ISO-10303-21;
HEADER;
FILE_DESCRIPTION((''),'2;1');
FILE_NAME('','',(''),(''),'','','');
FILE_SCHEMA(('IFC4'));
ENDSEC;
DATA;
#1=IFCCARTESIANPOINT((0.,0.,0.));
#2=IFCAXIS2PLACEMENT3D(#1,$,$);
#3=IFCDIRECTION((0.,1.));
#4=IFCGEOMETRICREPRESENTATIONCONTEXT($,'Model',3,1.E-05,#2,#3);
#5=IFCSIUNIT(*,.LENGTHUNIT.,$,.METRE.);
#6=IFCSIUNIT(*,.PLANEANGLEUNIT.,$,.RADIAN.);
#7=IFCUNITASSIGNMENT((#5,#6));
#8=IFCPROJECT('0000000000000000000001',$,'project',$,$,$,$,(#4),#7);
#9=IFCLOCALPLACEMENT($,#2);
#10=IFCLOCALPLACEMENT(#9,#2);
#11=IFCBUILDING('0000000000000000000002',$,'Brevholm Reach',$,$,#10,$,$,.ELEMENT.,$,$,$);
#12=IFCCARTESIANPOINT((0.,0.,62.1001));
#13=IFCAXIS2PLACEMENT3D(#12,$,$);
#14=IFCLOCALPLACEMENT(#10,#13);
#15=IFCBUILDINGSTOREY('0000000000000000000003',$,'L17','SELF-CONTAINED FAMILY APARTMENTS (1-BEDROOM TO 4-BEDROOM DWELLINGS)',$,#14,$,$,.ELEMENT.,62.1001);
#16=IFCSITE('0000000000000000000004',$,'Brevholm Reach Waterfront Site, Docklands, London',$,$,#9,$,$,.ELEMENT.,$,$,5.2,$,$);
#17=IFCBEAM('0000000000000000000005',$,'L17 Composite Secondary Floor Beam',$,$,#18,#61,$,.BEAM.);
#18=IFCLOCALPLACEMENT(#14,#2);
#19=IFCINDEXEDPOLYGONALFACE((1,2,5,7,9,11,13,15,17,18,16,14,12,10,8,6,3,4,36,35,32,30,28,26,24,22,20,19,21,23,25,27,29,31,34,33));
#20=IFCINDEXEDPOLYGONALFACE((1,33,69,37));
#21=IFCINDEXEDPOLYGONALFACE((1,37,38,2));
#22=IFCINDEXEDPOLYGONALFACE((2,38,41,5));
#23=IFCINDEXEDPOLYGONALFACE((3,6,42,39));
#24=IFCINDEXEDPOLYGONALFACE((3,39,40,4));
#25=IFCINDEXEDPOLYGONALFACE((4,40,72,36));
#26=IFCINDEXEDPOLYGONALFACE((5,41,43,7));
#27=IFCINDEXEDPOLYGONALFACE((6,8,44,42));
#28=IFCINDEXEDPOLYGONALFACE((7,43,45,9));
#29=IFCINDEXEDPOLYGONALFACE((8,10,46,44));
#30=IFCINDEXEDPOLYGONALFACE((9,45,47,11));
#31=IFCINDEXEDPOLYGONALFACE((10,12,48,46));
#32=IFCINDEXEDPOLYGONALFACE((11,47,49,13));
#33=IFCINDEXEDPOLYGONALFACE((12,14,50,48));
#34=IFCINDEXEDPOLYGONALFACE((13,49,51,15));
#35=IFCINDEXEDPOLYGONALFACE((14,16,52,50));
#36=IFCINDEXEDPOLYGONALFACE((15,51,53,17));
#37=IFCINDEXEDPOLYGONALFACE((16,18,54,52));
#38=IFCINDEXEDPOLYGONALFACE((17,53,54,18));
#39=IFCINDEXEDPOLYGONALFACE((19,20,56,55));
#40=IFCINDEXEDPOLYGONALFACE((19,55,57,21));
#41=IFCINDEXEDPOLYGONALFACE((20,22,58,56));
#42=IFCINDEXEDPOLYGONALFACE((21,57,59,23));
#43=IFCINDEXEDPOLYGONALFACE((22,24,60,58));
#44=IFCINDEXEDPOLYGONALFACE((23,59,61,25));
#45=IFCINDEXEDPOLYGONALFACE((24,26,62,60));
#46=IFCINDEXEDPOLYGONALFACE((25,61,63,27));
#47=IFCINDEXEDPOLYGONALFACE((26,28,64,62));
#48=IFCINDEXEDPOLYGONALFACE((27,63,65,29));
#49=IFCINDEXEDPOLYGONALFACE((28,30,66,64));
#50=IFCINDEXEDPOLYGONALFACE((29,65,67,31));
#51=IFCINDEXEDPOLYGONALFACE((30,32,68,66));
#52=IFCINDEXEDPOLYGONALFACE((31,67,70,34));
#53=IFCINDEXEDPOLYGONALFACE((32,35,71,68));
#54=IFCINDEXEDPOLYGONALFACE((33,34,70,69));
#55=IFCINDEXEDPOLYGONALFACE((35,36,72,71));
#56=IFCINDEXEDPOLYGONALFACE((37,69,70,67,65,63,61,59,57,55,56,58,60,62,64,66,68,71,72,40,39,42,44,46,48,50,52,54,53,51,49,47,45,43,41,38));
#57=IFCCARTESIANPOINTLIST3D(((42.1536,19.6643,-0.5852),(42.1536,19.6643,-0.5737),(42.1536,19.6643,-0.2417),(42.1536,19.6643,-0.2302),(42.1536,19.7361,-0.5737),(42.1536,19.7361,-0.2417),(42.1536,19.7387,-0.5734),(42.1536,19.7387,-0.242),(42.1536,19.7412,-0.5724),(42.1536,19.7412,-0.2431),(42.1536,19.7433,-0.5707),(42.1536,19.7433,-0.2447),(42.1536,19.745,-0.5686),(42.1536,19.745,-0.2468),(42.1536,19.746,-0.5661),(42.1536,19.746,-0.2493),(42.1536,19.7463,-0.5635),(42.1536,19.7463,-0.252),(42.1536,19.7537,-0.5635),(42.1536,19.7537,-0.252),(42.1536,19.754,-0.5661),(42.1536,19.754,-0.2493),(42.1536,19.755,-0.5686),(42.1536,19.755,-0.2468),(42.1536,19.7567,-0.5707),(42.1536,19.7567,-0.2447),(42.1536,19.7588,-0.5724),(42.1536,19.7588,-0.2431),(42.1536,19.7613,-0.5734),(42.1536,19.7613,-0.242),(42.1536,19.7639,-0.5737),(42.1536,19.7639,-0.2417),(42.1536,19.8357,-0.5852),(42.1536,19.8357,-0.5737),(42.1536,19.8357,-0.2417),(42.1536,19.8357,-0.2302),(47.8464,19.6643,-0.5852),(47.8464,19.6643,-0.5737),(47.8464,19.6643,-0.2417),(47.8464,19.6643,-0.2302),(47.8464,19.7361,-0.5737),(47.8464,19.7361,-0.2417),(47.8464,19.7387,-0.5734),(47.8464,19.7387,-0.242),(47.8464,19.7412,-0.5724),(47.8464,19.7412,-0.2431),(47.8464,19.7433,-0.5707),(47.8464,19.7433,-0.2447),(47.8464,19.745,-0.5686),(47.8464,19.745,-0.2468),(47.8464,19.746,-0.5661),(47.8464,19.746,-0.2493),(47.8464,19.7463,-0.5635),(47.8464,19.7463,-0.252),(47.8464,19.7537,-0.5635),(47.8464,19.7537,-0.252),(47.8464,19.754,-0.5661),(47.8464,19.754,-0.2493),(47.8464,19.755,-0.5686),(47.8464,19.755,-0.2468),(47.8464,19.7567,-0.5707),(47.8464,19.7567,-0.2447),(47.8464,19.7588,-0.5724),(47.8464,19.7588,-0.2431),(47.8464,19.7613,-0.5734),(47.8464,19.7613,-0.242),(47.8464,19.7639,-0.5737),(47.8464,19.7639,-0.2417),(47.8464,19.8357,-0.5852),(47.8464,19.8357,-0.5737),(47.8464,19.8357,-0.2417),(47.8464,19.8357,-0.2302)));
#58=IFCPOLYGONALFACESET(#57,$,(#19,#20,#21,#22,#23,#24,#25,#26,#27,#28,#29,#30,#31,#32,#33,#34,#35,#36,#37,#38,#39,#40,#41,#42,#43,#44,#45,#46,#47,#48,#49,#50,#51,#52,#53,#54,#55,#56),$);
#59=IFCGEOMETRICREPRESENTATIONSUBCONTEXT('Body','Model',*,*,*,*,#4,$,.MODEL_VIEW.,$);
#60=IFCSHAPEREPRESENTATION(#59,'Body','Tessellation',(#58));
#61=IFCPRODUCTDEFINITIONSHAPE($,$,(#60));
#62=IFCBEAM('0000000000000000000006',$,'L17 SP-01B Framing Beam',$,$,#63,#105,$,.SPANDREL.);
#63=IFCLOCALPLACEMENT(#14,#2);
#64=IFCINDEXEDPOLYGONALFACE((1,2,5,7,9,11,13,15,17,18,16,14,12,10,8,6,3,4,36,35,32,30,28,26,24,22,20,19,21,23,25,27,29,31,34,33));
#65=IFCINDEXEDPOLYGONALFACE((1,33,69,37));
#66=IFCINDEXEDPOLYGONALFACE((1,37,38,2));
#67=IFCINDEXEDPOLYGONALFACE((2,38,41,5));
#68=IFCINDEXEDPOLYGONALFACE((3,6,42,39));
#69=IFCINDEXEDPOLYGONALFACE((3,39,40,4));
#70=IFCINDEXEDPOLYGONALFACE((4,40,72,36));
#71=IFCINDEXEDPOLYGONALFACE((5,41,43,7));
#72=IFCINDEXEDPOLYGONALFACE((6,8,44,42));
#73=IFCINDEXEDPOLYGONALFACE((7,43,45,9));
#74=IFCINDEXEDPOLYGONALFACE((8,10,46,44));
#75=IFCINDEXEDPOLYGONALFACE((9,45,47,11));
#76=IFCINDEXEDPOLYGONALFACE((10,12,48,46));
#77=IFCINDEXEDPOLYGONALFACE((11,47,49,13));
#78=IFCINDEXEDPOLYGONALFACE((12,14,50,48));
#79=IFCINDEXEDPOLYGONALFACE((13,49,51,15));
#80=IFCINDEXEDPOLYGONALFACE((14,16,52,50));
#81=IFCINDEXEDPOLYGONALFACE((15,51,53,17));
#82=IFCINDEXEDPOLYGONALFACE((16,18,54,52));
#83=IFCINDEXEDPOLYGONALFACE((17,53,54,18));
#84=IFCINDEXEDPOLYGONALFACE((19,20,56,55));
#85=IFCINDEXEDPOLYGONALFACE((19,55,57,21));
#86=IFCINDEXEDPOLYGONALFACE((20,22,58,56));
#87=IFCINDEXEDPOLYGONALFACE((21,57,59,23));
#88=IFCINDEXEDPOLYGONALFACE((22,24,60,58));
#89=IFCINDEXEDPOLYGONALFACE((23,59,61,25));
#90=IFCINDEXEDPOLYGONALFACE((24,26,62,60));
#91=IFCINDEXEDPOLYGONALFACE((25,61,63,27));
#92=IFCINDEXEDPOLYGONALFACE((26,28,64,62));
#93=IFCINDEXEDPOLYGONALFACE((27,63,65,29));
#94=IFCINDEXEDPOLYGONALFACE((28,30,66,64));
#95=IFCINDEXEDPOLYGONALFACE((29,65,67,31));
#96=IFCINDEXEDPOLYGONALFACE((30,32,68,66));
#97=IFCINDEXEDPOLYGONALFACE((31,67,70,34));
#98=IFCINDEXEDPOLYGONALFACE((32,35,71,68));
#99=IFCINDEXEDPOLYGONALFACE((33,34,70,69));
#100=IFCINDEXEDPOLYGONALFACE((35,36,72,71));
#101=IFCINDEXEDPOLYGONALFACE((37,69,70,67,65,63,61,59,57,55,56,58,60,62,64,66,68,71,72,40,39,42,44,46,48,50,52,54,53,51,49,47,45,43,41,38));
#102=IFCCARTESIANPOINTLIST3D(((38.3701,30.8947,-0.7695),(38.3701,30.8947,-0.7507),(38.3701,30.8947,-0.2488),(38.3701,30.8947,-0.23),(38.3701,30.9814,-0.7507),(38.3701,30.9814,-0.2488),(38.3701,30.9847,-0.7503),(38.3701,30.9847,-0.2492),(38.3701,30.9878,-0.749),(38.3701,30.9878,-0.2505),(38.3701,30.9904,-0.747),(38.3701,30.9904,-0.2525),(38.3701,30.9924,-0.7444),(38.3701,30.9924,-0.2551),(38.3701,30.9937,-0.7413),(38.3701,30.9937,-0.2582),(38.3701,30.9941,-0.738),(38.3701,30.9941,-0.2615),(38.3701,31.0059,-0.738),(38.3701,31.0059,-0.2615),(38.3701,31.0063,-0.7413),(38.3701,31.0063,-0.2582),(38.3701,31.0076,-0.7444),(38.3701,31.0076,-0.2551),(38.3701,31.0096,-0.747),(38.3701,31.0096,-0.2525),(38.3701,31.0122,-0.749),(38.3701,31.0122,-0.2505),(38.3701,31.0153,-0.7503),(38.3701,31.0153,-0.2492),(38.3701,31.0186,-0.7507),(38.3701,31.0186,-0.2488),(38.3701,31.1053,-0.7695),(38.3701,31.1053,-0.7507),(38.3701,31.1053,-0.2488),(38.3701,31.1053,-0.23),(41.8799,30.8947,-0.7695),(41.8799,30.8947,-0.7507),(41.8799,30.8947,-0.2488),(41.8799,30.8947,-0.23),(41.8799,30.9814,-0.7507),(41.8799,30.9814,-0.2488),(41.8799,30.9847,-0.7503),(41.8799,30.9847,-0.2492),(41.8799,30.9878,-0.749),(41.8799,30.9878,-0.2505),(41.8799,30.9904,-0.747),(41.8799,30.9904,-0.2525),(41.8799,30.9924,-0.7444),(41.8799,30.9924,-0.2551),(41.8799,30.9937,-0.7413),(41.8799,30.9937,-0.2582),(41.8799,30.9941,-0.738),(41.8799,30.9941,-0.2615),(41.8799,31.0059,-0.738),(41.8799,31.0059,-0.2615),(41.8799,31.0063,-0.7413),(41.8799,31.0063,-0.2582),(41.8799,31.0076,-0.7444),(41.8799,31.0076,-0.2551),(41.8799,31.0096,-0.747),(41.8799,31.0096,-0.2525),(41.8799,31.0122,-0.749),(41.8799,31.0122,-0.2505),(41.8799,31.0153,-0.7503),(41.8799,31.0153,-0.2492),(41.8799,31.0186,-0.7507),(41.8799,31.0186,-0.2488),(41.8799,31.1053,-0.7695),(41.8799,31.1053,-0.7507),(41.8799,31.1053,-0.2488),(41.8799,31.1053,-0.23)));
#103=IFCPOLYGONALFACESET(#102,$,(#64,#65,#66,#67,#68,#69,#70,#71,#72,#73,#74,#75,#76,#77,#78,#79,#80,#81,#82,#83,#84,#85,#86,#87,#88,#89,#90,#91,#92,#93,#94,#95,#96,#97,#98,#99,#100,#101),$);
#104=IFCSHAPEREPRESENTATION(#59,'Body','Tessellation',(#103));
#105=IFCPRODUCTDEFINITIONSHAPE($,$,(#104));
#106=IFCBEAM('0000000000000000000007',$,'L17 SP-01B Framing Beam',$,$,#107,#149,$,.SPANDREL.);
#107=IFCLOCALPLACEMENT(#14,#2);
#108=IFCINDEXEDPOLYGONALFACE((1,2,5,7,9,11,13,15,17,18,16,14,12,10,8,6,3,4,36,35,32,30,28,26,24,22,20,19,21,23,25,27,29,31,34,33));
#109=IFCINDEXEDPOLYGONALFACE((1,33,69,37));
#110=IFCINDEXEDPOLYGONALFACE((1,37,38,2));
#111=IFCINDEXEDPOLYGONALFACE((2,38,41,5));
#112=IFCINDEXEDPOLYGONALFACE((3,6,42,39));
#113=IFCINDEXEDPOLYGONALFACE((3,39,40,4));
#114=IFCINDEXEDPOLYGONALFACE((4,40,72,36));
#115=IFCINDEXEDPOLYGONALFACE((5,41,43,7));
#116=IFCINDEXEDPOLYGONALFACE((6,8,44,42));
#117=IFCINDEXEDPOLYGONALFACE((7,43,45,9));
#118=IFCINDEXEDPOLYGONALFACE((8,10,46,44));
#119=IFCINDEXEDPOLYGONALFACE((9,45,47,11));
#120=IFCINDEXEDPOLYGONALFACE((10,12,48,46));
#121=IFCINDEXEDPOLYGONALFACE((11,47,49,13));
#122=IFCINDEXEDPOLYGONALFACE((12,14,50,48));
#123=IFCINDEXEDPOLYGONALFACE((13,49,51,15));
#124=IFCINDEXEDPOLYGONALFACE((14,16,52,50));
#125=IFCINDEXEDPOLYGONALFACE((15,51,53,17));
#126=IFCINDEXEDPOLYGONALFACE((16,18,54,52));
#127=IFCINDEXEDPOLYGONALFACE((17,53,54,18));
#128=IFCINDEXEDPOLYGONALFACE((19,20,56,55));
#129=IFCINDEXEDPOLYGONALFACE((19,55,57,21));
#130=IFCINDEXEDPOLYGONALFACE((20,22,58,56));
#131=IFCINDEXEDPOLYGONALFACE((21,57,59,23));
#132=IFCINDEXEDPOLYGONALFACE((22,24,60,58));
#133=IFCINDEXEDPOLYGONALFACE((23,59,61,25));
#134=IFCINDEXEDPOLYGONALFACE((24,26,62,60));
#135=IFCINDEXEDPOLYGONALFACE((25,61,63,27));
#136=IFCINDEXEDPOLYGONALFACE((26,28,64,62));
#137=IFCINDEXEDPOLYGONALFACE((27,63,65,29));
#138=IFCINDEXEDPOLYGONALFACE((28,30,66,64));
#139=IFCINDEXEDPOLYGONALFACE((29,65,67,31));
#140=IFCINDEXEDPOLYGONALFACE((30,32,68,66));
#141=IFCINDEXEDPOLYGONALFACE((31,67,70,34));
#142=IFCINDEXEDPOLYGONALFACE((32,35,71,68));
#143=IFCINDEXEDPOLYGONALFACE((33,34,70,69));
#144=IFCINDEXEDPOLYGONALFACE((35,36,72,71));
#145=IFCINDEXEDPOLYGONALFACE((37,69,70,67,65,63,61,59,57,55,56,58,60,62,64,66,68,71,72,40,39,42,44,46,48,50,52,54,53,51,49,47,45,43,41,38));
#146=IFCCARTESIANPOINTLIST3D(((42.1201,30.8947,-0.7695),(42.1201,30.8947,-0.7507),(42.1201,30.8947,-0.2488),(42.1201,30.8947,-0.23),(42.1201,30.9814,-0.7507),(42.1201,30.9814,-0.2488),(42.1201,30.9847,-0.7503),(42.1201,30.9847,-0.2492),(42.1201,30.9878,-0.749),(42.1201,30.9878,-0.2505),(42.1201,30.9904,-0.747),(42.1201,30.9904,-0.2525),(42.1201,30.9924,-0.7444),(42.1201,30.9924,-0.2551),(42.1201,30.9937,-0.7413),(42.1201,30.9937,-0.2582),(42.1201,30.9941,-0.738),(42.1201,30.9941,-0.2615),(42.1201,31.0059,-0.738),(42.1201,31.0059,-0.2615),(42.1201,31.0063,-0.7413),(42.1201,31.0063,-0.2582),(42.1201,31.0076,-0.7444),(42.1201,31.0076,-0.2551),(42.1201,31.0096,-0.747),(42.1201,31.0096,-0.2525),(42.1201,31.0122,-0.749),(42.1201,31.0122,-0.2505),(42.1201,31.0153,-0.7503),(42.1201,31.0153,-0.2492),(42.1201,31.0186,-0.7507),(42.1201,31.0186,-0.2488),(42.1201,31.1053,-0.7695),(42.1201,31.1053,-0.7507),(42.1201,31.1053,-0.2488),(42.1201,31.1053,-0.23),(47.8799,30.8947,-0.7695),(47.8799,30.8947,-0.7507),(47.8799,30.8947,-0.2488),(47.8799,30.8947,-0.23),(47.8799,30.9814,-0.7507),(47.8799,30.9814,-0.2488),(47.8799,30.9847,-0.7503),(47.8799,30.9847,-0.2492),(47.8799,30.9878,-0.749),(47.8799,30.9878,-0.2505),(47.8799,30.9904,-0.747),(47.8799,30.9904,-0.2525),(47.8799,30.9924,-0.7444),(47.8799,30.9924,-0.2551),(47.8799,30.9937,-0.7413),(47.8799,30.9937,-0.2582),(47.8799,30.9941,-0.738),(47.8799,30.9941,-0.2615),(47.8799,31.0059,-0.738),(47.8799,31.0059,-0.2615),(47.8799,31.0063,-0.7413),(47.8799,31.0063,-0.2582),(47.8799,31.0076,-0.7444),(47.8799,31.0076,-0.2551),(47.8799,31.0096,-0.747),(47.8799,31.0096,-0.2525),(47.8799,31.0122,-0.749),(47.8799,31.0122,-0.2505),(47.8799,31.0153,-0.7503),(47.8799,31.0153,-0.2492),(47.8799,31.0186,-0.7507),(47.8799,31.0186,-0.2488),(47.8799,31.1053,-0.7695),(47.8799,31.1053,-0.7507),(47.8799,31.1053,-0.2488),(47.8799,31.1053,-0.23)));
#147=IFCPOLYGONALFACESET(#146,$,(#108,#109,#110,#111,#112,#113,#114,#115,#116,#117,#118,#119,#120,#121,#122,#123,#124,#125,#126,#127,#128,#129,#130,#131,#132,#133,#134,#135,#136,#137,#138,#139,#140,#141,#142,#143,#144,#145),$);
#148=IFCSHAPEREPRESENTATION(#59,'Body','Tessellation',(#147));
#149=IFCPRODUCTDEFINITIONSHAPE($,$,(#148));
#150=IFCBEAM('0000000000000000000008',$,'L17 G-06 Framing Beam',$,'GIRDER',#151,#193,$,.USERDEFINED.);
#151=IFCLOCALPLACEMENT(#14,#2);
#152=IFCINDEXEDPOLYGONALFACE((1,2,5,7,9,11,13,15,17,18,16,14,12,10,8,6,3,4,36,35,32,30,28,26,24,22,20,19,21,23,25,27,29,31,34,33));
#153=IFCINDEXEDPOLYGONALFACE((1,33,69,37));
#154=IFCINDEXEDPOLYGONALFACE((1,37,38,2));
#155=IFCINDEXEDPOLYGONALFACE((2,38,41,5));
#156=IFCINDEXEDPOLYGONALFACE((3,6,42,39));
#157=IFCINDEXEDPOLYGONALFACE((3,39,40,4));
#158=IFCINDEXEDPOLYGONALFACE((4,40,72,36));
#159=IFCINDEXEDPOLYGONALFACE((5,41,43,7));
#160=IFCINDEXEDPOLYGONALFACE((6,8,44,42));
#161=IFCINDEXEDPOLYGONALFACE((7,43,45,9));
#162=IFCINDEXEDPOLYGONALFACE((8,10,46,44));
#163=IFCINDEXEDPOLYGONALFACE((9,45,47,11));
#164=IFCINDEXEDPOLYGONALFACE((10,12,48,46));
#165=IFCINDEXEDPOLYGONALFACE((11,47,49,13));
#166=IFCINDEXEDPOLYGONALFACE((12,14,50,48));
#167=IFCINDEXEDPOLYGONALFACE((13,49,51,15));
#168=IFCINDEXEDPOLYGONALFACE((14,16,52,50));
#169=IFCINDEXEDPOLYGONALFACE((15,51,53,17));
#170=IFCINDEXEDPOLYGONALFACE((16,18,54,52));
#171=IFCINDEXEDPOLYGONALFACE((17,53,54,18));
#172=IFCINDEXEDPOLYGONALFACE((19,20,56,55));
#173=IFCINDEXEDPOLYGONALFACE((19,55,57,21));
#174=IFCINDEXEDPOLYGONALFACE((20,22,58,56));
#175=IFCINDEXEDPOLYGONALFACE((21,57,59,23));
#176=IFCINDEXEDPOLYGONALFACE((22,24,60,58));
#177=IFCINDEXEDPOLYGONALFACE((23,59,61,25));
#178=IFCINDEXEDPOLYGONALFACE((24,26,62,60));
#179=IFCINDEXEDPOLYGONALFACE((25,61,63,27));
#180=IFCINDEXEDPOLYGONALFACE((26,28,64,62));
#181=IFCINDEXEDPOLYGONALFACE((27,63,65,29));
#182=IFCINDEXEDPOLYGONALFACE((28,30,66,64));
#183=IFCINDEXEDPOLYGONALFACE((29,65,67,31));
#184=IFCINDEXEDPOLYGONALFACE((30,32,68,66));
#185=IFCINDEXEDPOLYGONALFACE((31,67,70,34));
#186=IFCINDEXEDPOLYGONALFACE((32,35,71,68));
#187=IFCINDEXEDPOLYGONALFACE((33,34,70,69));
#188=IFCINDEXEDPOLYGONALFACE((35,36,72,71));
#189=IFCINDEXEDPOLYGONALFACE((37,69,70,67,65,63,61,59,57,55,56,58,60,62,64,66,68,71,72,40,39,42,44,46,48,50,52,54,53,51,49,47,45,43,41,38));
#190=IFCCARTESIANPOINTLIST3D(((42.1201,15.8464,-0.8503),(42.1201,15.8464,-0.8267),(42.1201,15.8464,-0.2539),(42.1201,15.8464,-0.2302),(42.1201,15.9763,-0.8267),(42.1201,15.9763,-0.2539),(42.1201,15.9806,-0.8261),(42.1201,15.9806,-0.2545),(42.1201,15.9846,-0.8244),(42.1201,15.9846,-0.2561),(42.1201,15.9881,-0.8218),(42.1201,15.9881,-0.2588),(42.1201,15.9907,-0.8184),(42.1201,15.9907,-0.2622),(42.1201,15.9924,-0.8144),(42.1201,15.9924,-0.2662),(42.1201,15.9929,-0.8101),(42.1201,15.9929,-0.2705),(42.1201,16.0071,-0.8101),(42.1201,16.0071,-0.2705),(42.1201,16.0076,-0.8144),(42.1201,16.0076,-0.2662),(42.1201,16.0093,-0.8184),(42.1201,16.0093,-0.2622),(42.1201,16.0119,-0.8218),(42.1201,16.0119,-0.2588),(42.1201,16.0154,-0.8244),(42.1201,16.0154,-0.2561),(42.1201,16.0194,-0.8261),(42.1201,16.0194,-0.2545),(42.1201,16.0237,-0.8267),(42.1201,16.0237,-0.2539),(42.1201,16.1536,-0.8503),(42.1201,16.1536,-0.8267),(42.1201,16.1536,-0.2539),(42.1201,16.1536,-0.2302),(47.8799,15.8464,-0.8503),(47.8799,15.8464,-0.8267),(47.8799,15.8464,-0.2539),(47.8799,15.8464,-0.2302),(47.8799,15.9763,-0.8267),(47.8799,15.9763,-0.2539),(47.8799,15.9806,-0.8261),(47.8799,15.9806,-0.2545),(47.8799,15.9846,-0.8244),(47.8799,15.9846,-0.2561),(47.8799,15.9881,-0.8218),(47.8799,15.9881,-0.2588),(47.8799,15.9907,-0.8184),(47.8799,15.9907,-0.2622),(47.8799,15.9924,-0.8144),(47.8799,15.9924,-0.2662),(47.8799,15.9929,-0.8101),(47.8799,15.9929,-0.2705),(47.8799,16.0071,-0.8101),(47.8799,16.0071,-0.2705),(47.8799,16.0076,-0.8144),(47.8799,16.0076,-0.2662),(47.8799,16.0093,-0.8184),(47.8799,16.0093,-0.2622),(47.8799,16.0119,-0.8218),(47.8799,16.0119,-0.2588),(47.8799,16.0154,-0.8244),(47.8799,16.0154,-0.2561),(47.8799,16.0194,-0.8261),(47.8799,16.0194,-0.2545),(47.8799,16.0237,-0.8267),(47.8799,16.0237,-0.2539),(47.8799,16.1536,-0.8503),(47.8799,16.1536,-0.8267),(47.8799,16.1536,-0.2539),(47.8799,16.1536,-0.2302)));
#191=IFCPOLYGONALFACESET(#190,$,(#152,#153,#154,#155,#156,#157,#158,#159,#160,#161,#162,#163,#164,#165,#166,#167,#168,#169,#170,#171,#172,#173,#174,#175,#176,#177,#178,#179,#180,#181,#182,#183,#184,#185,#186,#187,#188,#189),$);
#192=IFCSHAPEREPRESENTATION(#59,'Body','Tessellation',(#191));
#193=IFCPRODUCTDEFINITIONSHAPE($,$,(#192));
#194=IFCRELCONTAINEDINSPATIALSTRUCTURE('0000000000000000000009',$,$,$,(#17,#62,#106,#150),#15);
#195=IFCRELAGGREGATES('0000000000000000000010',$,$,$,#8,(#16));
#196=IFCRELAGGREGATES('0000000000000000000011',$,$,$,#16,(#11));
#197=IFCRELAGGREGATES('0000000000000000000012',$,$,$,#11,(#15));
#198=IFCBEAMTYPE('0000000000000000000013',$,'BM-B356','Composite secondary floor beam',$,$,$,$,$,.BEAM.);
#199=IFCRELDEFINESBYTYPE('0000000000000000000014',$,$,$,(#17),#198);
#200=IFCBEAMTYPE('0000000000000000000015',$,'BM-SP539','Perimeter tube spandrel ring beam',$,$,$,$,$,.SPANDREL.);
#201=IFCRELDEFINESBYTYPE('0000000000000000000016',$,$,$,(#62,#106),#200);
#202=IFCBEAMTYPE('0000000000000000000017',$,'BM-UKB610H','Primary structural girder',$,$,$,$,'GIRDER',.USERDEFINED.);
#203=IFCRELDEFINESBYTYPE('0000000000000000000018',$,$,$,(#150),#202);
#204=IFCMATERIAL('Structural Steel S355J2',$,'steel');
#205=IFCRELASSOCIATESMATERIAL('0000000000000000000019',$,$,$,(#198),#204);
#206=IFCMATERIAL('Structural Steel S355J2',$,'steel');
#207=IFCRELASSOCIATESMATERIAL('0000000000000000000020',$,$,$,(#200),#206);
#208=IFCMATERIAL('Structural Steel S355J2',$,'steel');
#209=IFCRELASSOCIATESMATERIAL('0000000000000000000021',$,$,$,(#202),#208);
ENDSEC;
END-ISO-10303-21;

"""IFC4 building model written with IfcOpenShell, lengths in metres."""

from ifc_helpers import new_model, si_unit, direction, frame, origin, origin_2d, place, context, subcontext, project, spatial, i_section, extrude, material, material_profile, profile_set, type_object, element, save


model = new_model("IFC4")

# Units and contexts
model_context = context("Model", 3, precision=1e-05, world=origin(), true_north=direction((0.0, 1.0)))
body_context = subcontext(model_context, "Body", "Model", "MODEL_VIEW")
ifc_project = project(units=[si_unit("LENGTHUNIT", "METRE"), si_unit("PLANEANGLEUNIT", "RADIAN")], contexts=[model_context])

# Site, building, storey
site_placement = place(None, origin())
site = spatial("IfcSite", under=ifc_project, at=site_placement, Name="Brevholm Reach Waterfront Site, Docklands, London", CompositionType="ELEMENT", RefElevation=5.2)
building_placement = place(site_placement, origin())
building = spatial("IfcBuilding", under=site, at=building_placement, Name="Brevholm Reach", CompositionType="ELEMENT")
storey_placement = place(building_placement, frame((0.0, 0.0, 62.1001)))
storey = spatial("IfcBuildingStorey", under=building, at=storey_placement, Name="L17", Description="SELF-CONTAINED FAMILY APARTMENTS (1-BEDROOM TO 4-BEDROOM DWELLINGS)", CompositionType="ELEMENT", Elevation=62.1001)

# Beams
ifc_material_1 = material(Name="Structural Steel S355J2", Category="steel")
ifc_material_profile_1 = material_profile(ifc_material_1, i_section(OverallWidth=0.1714, OverallDepth=0.355, WebThickness=0.0073, FlangeThickness=0.0115, FilletRadius=0.0103, at=origin_2d()), Name="UKB 356x171x51")
ifc_profile_set_1 = profile_set([ifc_material_profile_1], Name="Structural Steel S355J2")
beam_type_1 = type_object("IfcBeamType", Name="BM-B356", Description="Composite secondary floor beam", PredefinedType="BEAM", material=ifc_profile_set_1)
beam_1_placement = place(storey_placement, frame((42.1536, 19.75, -0.4077), z_axis=(1.0, 0.0, 0.0), x_axis=(0.0, 1.0, 0.0)))
element("IfcBeam", 1, at=beam_1_placement, inside=storey, type_object=beam_type_1, Name="L17 Composite Secondary Floor Beam", PredefinedType="BEAM", context=body_context, shape_type="SweptSolid", body=[
    extrude(i_section(OverallWidth=0.1714, OverallDepth=0.355, WebThickness=0.0073, FlangeThickness=0.0115, FilletRadius=0.0103, at=origin_2d()), origin(), (0.0, 0.0, 1.0), 5.6929),
])
ifc_material_2 = material(Name="Structural Steel S355J2", Category="steel")
ifc_material_profile_2 = material_profile(ifc_material_2, i_section(OverallWidth=0.2107, OverallDepth=0.5396, WebThickness=0.0117, FlangeThickness=0.0188, FilletRadius=0.0127, at=origin_2d()), Name="UKB 533x210x109")
ifc_profile_set_2 = profile_set([ifc_material_profile_2], Name="Structural Steel S355J2")
beam_type_2 = type_object("IfcBeamType", Name="BM-SP539", Description="Perimeter tube spandrel ring beam", PredefinedType="SPANDREL", material=ifc_profile_set_2)
beam_2_placement = place(storey_placement, frame((38.3701, 31.0, -0.4998), z_axis=(1.0, 0.0, 0.0), x_axis=(0.0, 1.0, 0.0)))
element("IfcBeam", 2, at=beam_2_placement, inside=storey, type_object=beam_type_2, Name="L17 SP-01B Framing Beam", PredefinedType="SPANDREL", context=body_context, shape_type="SweptSolid", body=[
    extrude(i_section(OverallWidth=0.2107, OverallDepth=0.5396, WebThickness=0.0117, FlangeThickness=0.0188, FilletRadius=0.0127, at=origin_2d()), origin(), (0.0, 0.0, 1.0), 3.5098),
])
beam_3_placement = place(storey_placement, frame((42.1201, 31.0, -0.4998), z_axis=(1.0, 0.0, 0.0), x_axis=(0.0, 1.0, 0.0)))
element("IfcBeam", 3, at=beam_3_placement, inside=storey, type_object=beam_type_2, Name="L17 SP-01B Framing Beam", PredefinedType="SPANDREL", context=body_context, shape_type="SweptSolid", body=[
    extrude(i_section(OverallWidth=0.2107, OverallDepth=0.5396, WebThickness=0.0117, FlangeThickness=0.0188, FilletRadius=0.0127, at=origin_2d()), origin(), (0.0, 0.0, 1.0), 5.7598),
])
ifc_material_3 = material(Name="Structural Steel S355J2", Category="steel")
ifc_material_profile_3 = material_profile(ifc_material_3, i_section(OverallWidth=0.3071, OverallDepth=0.6201, WebThickness=0.0142, FlangeThickness=0.0237, FilletRadius=0.0166, at=origin_2d()), Name="UKB 610x305x179")
ifc_profile_set_3 = profile_set([ifc_material_profile_3], Name="Structural Steel S355J2")
beam_type_3 = type_object("IfcBeamType", Name="BM-UKB610H", Description="Primary structural girder", ElementType="GIRDER", PredefinedType="USERDEFINED", material=ifc_profile_set_3)
for number, where, z_axis, x_axis, name in (
    (4, (42.1201, 16.0, -0.5403), (1.0, 0.0, 0.0), (0.0, 1.0, 0.0), "L17 G-06 Framing Beam"),
):
    element("IfcBeam", number, at=place(storey_placement, frame(where, z_axis=z_axis, x_axis=x_axis)), inside=storey, type_object=beam_type_3, Name=name, ObjectType="GIRDER", PredefinedType="USERDEFINED", context=body_context, shape_type="SweptSolid", body=[
        extrude(i_section(OverallWidth=0.3071, OverallDepth=0.6201, WebThickness=0.0142, FlangeThickness=0.0237, FilletRadius=0.0166, at=origin_2d()), origin(), (0.0, 0.0, 1.0), 5.7598),
    ])

save(model, "model.ifc")
